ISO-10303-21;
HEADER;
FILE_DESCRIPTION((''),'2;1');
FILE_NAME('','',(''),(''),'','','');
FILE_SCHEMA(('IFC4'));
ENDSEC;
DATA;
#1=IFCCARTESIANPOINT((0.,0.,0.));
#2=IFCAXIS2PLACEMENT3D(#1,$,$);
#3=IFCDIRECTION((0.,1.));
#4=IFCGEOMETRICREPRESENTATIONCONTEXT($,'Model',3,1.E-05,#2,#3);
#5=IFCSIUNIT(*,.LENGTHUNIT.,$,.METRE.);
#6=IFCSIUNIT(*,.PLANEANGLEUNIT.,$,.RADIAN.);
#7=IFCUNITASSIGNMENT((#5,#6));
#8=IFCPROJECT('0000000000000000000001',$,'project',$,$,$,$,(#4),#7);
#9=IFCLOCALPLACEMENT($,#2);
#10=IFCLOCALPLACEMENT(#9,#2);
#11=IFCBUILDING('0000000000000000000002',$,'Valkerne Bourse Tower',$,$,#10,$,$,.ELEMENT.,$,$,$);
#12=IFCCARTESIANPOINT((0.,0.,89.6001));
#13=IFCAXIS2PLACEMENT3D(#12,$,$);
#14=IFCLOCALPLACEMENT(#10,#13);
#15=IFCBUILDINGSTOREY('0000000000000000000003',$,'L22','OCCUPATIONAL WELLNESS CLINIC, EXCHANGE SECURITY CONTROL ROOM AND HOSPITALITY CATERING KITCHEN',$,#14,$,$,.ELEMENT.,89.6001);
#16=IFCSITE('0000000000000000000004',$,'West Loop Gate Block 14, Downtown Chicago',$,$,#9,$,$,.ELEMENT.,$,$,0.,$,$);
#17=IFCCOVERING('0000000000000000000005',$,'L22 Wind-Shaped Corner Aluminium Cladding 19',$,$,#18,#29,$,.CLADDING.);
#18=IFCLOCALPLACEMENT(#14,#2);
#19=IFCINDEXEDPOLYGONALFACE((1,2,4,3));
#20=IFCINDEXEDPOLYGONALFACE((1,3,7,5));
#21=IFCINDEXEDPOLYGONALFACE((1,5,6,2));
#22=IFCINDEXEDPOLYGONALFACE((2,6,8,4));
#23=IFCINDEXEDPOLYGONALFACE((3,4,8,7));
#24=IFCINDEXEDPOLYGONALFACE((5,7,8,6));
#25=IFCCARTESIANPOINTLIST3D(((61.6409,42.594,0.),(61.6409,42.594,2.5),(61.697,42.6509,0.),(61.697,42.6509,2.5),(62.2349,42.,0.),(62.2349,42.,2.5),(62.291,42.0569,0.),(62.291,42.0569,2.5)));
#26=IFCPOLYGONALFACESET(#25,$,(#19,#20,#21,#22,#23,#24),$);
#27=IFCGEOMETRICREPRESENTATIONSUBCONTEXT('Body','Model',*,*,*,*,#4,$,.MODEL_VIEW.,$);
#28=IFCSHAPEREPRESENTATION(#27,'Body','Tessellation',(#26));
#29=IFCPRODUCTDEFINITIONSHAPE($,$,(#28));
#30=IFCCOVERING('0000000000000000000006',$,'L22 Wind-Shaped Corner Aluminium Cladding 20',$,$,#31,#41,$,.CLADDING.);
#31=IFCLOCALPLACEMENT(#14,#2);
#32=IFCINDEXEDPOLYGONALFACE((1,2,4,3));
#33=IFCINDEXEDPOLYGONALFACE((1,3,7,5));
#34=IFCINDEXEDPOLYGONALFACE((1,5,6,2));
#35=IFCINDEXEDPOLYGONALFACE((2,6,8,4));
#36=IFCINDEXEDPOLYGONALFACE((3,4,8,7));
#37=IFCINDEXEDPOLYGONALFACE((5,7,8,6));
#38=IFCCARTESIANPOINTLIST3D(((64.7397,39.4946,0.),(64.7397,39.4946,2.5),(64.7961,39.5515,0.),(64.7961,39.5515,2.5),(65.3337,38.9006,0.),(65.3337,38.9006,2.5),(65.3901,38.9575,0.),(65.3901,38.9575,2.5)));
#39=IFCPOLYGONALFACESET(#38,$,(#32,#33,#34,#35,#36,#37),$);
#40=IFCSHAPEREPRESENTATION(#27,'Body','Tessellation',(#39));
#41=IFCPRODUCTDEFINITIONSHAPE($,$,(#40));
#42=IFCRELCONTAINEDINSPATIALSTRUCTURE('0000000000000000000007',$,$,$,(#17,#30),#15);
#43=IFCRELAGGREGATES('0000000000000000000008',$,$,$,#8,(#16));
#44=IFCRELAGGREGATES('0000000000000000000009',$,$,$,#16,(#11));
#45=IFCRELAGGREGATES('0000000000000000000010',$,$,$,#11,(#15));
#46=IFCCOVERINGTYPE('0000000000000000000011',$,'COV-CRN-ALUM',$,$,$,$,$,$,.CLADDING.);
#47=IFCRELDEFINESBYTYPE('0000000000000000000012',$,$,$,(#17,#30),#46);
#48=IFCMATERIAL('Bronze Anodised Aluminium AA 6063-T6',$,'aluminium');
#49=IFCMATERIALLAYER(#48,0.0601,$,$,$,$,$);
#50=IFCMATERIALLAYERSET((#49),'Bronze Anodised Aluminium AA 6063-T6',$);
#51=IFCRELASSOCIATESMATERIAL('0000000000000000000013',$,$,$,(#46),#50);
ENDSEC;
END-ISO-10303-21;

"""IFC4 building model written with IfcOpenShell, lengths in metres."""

from ifc_helpers import new_model, si_unit, direction, frame, origin, place, context, subcontext, project, spatial, polyline, outline, extrude, material, layer, layer_set, type_object, element, save


model = new_model("IFC4")

# Units and contexts
model_context = context("Model", 3, precision=1e-05, world=origin(), true_north=direction((0.0, 1.0)))
body_context = subcontext(model_context, "Body", "Model", "MODEL_VIEW")
ifc_project = project(units=[si_unit("LENGTHUNIT", "METRE"), si_unit("PLANEANGLEUNIT", "RADIAN")], contexts=[model_context])

# Site, building, storey
site_placement = place(None, origin())
site = spatial("IfcSite", under=ifc_project, at=site_placement, Name="West Loop Gate Block 14, Downtown Chicago", CompositionType="ELEMENT", RefElevation=0.0)
building_placement = place(site_placement, origin())
building = spatial("IfcBuilding", under=site, at=building_placement, Name="Valkerne Bourse Tower", CompositionType="ELEMENT")
storey_placement = place(building_placement, frame((0.0, 0.0, 89.6001)))
storey = spatial("IfcBuildingStorey", under=building, at=storey_placement, Name="L22", Description="OCCUPATIONAL WELLNESS CLINIC, EXCHANGE SECURITY CONTROL ROOM AND HOSPITALITY CATERING KITCHEN", CompositionType="ELEMENT", Elevation=89.6001)

# Coverings
ifc_material_1 = material(Name="Bronze Anodised Aluminium AA 6063-T6", Category="aluminium")
ifc_layer_1 = layer(ifc_material_1, 0.0601)
ifc_layer_set_1 = layer_set([ifc_layer_1], Name="Bronze Anodised Aluminium AA 6063-T6")
covering_type = type_object("IfcCoveringType", Name="COV-CRN-ALUM", PredefinedType="CLADDING", material=ifc_layer_set_1)
covering_1_placement = place(storey_placement, origin())
element("IfcCovering", 1, at=covering_1_placement, inside=storey, type_object=covering_type, Name="L22 Wind-Shaped Corner Aluminium Cladding 19", PredefinedType="CLADDING", context=body_context, shape_type="SweptSolid", body=[
    extrude(outline(polyline([(62.291, 42.0569), (62.2349, 42.0), (61.6409, 42.594), (61.697, 42.6509), (62.291, 42.0569)])), origin(), (0.0, 0.0, 1.0), 2.5),
])
covering_2_placement = place(storey_placement, origin())
element("IfcCovering", 2, at=covering_2_placement, inside=storey, type_object=covering_type, Name="L22 Wind-Shaped Corner Aluminium Cladding 20", PredefinedType="CLADDING", context=body_context, shape_type="SweptSolid", body=[
    extrude(outline(polyline([(65.3901, 38.9575), (65.3337, 38.9006), (64.7397, 39.4946), (64.7961, 39.5515), (65.3901, 38.9575)])), origin(), (0.0, 0.0, 1.0), 2.5),
])

save(model, "model.ifc")
